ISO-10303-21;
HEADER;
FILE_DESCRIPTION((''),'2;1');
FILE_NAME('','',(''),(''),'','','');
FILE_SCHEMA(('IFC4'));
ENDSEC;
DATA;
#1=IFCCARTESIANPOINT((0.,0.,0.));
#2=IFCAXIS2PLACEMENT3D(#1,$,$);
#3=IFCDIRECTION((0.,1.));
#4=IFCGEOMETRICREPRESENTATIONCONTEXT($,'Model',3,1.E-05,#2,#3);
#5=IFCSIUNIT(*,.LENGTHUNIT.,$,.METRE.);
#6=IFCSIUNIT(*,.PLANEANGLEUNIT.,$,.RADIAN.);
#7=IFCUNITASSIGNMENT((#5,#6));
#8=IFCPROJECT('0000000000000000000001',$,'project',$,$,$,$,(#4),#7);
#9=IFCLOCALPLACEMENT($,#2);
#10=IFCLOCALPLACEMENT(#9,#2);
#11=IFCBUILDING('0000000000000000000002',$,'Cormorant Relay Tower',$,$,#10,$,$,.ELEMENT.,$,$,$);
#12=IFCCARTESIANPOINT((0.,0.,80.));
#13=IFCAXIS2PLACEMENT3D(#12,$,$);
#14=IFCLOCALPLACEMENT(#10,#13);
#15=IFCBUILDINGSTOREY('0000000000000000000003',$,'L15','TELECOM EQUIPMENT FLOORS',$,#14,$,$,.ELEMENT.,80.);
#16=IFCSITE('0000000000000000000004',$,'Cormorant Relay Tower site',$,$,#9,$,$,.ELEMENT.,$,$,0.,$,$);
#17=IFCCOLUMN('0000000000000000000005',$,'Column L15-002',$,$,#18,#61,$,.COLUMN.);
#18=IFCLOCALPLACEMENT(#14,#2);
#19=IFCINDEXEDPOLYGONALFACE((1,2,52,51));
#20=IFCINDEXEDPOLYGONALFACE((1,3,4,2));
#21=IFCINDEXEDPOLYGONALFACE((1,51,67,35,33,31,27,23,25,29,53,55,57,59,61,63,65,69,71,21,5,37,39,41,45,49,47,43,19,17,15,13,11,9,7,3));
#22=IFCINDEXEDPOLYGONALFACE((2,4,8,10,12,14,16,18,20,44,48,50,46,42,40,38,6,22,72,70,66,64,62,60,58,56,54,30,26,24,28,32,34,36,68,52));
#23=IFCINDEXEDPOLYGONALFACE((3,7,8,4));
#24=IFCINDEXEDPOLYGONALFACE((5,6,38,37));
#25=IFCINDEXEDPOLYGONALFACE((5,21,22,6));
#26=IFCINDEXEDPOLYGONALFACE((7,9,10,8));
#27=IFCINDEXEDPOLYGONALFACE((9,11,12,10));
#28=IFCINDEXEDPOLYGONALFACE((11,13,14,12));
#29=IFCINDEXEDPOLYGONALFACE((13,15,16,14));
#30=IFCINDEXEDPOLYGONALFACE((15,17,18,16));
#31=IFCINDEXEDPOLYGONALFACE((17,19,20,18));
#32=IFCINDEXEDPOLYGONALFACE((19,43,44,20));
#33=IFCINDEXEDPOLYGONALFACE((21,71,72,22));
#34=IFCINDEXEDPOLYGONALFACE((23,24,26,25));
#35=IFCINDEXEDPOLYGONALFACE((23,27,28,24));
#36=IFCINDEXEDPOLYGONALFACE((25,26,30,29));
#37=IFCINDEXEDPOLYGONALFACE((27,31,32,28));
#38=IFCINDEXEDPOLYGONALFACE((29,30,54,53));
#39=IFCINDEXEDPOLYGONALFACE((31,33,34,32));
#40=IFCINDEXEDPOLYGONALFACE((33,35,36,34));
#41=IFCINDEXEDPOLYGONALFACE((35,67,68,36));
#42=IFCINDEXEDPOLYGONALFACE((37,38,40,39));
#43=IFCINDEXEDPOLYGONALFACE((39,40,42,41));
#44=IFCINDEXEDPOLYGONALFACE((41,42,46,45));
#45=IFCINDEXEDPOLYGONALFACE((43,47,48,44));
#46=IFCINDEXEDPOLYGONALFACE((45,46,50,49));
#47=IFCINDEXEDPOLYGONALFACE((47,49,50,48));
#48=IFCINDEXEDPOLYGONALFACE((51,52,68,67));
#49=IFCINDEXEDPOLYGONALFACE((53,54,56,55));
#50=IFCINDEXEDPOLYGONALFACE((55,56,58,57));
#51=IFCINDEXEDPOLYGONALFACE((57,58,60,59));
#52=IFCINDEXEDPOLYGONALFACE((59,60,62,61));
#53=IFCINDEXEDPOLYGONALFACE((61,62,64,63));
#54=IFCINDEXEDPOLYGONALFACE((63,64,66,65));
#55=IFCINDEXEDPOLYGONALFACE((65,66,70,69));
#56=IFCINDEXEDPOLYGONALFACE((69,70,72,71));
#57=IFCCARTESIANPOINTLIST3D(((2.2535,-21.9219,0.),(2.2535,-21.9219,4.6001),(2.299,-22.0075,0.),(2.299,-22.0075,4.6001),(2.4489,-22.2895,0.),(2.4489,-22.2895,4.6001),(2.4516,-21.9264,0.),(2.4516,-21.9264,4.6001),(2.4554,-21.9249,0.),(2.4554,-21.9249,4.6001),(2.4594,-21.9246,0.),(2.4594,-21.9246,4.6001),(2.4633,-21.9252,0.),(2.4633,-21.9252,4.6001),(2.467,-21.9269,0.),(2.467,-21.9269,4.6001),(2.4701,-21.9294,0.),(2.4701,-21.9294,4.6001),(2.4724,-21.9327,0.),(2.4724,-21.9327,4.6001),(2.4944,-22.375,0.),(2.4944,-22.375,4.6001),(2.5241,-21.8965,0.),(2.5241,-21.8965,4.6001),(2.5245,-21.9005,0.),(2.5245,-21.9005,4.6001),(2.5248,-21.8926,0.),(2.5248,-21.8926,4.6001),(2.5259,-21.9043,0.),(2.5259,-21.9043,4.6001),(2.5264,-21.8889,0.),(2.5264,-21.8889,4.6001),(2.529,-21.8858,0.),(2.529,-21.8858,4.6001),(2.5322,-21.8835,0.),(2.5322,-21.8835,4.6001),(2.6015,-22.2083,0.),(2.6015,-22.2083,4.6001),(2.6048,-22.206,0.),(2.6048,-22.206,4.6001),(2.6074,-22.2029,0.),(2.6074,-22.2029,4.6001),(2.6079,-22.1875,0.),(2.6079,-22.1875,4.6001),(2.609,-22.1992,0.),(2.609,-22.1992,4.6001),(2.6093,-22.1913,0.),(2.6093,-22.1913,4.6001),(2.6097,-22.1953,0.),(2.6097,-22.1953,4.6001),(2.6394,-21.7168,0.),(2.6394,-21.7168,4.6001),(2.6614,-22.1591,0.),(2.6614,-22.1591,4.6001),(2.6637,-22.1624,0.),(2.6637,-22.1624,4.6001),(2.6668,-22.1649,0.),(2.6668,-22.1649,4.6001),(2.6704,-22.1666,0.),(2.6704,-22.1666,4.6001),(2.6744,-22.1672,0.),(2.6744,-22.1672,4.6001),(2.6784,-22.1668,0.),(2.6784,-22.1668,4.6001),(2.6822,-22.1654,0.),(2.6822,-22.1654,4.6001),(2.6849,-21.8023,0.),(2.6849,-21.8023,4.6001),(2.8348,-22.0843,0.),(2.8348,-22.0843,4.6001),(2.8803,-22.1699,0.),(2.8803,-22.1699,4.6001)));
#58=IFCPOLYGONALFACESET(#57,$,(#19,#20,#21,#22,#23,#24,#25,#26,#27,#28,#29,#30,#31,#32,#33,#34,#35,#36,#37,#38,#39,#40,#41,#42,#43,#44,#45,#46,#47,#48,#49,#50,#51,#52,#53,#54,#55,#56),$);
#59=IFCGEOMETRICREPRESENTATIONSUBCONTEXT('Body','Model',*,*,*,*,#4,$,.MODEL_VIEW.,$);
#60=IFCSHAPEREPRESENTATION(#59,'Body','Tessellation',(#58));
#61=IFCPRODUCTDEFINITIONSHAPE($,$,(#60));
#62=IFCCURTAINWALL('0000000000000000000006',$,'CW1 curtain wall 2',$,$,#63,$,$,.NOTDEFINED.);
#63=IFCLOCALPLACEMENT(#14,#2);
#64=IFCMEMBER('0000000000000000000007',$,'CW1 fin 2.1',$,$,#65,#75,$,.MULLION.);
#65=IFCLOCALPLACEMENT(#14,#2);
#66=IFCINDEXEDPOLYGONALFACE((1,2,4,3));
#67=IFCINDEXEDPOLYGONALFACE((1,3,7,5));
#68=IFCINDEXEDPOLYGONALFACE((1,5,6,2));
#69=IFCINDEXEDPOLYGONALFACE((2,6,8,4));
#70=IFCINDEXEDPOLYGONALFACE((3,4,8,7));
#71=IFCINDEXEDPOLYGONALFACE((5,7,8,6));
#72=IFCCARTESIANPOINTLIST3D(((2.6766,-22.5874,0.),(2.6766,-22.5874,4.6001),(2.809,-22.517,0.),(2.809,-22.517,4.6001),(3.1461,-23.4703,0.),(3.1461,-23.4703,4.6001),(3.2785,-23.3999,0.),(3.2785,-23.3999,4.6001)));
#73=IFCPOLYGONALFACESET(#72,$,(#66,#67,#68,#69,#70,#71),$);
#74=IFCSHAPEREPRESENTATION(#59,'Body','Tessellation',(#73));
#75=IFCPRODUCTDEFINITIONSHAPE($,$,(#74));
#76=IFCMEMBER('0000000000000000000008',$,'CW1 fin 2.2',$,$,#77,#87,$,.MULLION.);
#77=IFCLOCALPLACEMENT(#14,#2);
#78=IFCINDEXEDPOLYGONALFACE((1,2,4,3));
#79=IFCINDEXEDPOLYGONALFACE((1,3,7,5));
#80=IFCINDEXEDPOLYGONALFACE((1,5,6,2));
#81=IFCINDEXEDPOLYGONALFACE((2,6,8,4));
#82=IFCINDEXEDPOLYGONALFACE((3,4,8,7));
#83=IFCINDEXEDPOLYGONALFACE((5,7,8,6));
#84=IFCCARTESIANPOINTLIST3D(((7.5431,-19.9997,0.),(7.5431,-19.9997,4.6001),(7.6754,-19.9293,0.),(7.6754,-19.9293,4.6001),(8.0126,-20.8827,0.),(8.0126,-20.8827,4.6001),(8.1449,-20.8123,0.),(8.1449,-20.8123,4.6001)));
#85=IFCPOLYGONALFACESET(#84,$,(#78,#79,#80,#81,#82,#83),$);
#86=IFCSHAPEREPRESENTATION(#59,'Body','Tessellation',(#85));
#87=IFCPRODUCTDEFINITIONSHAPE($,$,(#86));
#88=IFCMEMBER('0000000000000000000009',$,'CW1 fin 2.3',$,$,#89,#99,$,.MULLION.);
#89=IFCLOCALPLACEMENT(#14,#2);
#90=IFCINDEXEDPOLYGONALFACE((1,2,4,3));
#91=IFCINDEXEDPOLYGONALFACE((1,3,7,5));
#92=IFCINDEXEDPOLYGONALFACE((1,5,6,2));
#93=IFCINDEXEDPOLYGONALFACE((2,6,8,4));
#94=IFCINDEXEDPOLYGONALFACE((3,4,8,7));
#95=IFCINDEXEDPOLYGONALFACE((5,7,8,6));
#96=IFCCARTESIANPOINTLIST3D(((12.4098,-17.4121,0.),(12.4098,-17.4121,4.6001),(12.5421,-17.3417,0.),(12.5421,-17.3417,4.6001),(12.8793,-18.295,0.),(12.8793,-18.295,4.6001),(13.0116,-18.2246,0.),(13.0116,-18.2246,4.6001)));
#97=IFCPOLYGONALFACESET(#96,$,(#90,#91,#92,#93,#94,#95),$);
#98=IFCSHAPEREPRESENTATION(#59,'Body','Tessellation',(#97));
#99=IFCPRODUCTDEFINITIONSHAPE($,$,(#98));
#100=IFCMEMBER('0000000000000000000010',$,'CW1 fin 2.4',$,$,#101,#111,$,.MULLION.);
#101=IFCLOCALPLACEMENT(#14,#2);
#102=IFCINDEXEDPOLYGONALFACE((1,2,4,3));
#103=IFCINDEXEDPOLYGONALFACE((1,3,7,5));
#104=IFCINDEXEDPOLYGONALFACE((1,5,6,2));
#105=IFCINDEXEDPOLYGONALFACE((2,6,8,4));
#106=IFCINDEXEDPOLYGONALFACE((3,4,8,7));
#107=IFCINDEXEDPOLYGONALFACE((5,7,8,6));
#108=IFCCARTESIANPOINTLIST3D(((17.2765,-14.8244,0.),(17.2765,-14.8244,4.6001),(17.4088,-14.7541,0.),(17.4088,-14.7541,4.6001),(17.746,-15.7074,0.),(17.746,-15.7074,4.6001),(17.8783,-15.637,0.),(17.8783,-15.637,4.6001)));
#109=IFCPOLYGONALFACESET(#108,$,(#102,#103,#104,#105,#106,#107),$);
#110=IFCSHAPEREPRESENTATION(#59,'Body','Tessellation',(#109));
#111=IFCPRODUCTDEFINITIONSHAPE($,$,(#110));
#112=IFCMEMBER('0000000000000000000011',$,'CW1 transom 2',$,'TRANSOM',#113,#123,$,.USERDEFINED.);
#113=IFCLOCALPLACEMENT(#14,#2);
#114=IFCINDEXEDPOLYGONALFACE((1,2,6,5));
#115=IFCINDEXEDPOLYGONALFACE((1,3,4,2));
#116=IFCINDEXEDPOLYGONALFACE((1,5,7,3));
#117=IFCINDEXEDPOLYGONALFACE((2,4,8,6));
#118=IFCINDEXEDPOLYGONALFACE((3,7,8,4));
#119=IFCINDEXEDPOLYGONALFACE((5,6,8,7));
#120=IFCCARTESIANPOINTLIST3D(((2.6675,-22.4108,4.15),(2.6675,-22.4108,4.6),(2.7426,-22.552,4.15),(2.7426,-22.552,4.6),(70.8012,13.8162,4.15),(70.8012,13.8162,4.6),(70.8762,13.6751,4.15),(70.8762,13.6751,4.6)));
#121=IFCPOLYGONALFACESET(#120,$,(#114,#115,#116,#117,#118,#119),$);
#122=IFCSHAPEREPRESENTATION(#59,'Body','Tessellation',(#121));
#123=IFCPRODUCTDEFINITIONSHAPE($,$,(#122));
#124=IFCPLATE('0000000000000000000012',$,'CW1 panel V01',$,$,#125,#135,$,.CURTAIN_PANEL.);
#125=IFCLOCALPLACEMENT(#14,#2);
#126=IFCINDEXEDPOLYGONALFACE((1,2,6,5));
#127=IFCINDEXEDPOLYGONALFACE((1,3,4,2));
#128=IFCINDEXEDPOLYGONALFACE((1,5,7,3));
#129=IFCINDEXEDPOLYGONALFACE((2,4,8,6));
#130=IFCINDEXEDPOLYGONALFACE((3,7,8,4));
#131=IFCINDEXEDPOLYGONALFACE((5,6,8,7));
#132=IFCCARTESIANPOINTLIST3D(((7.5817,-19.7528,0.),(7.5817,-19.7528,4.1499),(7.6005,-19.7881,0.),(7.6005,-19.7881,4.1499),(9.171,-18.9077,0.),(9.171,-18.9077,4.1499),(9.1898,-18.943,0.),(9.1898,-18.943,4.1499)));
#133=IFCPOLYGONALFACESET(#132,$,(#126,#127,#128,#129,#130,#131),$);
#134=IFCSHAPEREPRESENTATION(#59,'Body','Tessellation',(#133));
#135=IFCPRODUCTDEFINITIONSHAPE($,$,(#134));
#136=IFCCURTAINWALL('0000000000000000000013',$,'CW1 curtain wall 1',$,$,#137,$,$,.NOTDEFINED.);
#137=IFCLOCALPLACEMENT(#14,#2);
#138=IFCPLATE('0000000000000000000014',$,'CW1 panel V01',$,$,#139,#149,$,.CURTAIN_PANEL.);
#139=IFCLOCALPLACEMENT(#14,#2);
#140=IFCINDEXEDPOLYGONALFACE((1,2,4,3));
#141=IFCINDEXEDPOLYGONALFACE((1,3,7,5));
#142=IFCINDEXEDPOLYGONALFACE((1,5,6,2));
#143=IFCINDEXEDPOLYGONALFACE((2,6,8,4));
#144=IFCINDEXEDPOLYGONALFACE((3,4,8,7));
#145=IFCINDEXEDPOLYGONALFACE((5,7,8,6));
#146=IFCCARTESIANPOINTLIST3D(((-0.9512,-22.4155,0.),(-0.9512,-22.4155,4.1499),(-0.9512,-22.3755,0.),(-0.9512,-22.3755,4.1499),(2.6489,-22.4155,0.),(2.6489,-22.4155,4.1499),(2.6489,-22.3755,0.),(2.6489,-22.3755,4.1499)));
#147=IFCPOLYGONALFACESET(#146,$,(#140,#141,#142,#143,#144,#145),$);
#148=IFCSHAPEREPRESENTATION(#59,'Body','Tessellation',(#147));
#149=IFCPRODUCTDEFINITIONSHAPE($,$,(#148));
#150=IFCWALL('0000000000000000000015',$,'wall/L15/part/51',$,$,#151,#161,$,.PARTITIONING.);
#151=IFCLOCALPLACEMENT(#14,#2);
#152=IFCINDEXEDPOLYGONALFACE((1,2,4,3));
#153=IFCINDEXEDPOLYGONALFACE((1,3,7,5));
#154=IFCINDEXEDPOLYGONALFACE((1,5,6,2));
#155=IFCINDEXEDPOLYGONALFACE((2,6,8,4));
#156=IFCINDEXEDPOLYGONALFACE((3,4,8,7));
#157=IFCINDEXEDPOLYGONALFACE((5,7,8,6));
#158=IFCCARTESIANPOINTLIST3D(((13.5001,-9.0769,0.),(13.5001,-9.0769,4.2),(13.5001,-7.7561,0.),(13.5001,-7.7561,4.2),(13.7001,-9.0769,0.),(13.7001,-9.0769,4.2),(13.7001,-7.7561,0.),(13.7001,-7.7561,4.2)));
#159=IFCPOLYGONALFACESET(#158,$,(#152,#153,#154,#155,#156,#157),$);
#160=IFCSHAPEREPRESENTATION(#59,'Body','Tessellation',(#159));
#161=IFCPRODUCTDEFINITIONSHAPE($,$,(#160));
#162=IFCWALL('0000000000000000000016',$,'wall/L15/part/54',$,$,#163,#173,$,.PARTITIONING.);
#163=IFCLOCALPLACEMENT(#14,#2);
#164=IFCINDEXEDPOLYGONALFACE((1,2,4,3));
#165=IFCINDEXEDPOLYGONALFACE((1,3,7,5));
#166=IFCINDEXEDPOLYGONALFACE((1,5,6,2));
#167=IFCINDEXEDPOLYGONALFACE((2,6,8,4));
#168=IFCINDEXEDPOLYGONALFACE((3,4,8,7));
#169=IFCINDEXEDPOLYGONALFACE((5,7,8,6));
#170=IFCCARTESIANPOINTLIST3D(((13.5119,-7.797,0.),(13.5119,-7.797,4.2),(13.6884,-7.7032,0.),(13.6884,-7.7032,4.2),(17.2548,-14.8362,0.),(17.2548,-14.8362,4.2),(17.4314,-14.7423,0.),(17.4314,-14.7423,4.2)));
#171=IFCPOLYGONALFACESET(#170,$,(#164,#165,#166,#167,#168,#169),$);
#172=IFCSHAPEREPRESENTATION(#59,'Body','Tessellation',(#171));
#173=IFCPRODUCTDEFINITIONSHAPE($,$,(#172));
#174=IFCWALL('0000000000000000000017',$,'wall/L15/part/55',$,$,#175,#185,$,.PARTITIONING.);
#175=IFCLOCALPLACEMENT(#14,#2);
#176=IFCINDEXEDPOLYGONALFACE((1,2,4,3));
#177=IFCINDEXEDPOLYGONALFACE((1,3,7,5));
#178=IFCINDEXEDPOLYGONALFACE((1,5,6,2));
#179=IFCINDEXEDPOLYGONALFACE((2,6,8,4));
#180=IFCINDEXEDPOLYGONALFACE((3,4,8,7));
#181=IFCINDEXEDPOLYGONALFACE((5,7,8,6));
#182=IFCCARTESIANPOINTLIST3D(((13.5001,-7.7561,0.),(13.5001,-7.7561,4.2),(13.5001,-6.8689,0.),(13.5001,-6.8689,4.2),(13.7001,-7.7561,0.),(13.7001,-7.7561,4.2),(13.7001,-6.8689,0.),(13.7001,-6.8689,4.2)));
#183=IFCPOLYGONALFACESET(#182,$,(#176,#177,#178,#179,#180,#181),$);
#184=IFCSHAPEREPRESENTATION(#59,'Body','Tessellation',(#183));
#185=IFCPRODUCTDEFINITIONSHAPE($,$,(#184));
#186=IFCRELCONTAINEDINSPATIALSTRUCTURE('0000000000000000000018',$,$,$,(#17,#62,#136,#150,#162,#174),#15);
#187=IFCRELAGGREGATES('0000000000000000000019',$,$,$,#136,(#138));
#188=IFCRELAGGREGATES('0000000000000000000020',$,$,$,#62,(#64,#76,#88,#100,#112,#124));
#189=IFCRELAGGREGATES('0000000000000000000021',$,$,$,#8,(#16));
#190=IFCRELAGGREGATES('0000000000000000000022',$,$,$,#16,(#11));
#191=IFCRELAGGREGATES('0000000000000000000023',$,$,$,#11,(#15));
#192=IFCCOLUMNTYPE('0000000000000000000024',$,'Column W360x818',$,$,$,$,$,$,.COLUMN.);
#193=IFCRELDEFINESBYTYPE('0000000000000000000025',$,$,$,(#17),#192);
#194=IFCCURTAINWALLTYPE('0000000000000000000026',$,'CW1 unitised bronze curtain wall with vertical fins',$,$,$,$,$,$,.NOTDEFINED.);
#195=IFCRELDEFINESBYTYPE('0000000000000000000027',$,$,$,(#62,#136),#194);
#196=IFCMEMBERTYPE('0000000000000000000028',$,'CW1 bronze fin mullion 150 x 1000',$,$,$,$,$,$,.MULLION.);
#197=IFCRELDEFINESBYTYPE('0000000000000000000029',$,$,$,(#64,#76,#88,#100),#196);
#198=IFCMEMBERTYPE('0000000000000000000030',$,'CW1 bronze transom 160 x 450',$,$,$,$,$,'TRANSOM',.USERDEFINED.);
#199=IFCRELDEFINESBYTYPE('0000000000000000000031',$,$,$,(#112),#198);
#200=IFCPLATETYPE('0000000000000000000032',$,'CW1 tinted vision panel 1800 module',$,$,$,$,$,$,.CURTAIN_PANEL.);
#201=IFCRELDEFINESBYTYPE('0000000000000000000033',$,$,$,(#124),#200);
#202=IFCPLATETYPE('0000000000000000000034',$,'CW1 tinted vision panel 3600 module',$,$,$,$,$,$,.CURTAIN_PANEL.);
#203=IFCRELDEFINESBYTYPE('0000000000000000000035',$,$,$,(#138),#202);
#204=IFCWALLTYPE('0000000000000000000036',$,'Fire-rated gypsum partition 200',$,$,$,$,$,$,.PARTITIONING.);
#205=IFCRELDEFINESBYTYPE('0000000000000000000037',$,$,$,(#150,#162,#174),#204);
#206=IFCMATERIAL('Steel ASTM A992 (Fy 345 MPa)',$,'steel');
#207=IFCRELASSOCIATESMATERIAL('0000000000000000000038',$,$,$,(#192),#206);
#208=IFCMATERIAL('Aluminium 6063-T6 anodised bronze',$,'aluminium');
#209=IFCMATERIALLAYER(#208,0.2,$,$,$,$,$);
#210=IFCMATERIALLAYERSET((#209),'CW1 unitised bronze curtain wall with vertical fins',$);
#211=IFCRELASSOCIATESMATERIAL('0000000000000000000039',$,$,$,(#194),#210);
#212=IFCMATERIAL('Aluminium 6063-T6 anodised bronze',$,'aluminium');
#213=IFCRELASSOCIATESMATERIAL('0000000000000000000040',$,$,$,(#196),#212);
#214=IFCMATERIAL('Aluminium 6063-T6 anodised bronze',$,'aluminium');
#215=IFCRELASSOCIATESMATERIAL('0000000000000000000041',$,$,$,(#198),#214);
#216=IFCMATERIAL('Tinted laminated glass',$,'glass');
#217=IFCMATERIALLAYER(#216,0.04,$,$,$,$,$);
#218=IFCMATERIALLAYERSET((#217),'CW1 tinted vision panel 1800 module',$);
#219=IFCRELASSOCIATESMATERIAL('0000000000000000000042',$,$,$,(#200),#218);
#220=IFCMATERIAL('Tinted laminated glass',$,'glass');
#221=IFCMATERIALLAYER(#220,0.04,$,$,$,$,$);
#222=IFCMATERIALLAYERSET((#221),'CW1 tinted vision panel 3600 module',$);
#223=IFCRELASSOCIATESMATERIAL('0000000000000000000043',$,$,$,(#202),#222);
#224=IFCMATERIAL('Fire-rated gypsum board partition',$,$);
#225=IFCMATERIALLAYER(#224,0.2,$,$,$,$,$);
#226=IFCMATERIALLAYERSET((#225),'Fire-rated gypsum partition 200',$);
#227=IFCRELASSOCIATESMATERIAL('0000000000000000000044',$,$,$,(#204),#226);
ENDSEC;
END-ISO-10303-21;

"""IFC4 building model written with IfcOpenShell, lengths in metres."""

from ifc_helpers import new_model, si_unit, direction, frame, frame_2d, origin, origin_2d, place, context, subcontext, project, spatial, rectangle, i_section, extrude, material, layer, layer_set, material_profile, profile_set, type_object, element, aggregate, save


model = new_model("IFC4")

# Units and contexts
model_context = context("Model", 3, precision=1e-05, world=origin(), true_north=direction((0.0, 1.0)))
body_context = subcontext(model_context, "Body", "Model", "MODEL_VIEW")
ifc_project = project(units=[si_unit("LENGTHUNIT", "METRE"), si_unit("PLANEANGLEUNIT", "RADIAN")], contexts=[model_context])

# Site, building, storey
site_placement = place(None, origin())
site = spatial("IfcSite", under=ifc_project, at=site_placement, Name="Cormorant Relay Tower site", CompositionType="ELEMENT", RefElevation=0.0)
building_placement = place(site_placement, origin())
building = spatial("IfcBuilding", under=site, at=building_placement, Name="Cormorant Relay Tower", CompositionType="ELEMENT")
storey_placement = place(building_placement, frame((0.0, 0.0, 80.0)))
storey = spatial("IfcBuildingStorey", under=building, at=storey_placement, Name="L15", Description="TELECOM EQUIPMENT FLOORS", CompositionType="ELEMENT", Elevation=80.0)

# Column
ifc_material_1 = material(Name="Steel ASTM A992 (Fy 345 MPa)", Category="steel")
ifc_material_profile_1 = material_profile(ifc_material_1, i_section(OverallWidth=0.437, OverallDepth=0.5132, WebThickness=0.0605, FlangeThickness=0.0969, FilletRadius=0.0154, at=origin_2d()), Name="W360x818")
ifc_profile_set_1 = profile_set([ifc_material_profile_1], Name="Steel ASTM A992 (Fy 345 MPa)")
column_type_1 = type_object("IfcColumnType", Name="Column W360x818", PredefinedType="COLUMN", material=ifc_profile_set_1)
column_1_placement = place(storey_placement, frame((2.5669, -22.0459, 0.0), z_axis=(0.0, 0.0, 1.0), x_axis=(0.882948, 0.469472, 0.0)))
element("IfcColumn", 1, at=column_1_placement, inside=storey, type_object=column_type_1, Name="Column L15-002", PredefinedType="COLUMN", context=body_context, shape_type="SweptSolid", body=[
    extrude(i_section(OverallWidth=0.437, OverallDepth=0.5132, WebThickness=0.0605, FlangeThickness=0.0969, FilletRadius=0.0154, at=origin_2d()), origin(), (0.0, 0.0, 1.0), 4.6001),
])

# Curtain wall, members, plate
ifc_material_2 = material(Name="Aluminium 6063-T6 anodised bronze", Category="aluminium")
ifc_layer_1 = layer(ifc_material_2, 0.2)
ifc_layer_set_1 = layer_set([ifc_layer_1], Name="CW1 unitised bronze curtain wall with vertical fins")
curtain_wall_type = type_object("IfcCurtainWallType", Name="CW1 unitised bronze curtain wall with vertical fins", PredefinedType="NOTDEFINED", material=ifc_layer_set_1)
curtain_wall_1_placement = place(storey_placement, origin())
curtain_wall_1 = element("IfcCurtainWall", 2, at=curtain_wall_1_placement, inside=storey, type_object=curtain_wall_type, Name="CW1 curtain wall 2", PredefinedType="NOTDEFINED")
ifc_material_3 = material(Name="Aluminium 6063-T6 anodised bronze", Category="aluminium")
ifc_material_profile_2 = material_profile(ifc_material_3, rectangle(XDim=0.1499, YDim=1.0, at=origin_2d()), Name="AL 150x1000")
ifc_profile_set_2 = profile_set([ifc_material_profile_2], Name="Aluminium 6063-T6 anodised bronze")
member_type_1 = type_object("IfcMemberType", Name="CW1 bronze fin mullion 150 x 1000", PredefinedType="MULLION", material=ifc_profile_set_2)
member_1_placement = place(storey_placement, frame((2.9775, -22.9937, 0.0), z_axis=(0.0, 0.0, 1.0), x_axis=(0.882948, 0.469472, 0.0)))
member_1 = element("IfcMember", 3, at=member_1_placement, type_object=member_type_1, Name="CW1 fin 2.1", PredefinedType="MULLION", context=body_context, shape_type="SweptSolid", body=[
    extrude(rectangle(XDim=0.1499, YDim=1.0, at=origin_2d()), origin(), (0.0, 0.0, 1.0), 4.6001),
])
member_2_placement = place(storey_placement, frame((7.844, -20.406, 0.0), z_axis=(0.0, 0.0, 1.0), x_axis=(0.882948, 0.469472, 0.0)))
member_2 = element("IfcMember", 4, at=member_2_placement, type_object=member_type_1, Name="CW1 fin 2.2", PredefinedType="MULLION", context=body_context, shape_type="SweptSolid", body=[
    extrude(rectangle(XDim=0.1499, YDim=1.0, at=origin_2d()), origin(), (0.0, 0.0, 1.0), 4.6001),
])
member_3_placement = place(storey_placement, frame((12.7107, -17.8184, 0.0), z_axis=(0.0, 0.0, 1.0), x_axis=(0.882948, 0.469472, 0.0)))
member_3 = element("IfcMember", 5, at=member_3_placement, type_object=member_type_1, Name="CW1 fin 2.3", PredefinedType="MULLION", context=body_context, shape_type="SweptSolid", body=[
    extrude(rectangle(XDim=0.1499, YDim=1.0, at=origin_2d()), origin(), (0.0, 0.0, 1.0), 4.6001),
])
member_4_placement = place(storey_placement, frame((17.5774, -15.2307, 0.0), z_axis=(0.0, 0.0, 1.0), x_axis=(0.882948, 0.469472, 0.0)))
member_4 = element("IfcMember", 6, at=member_4_placement, type_object=member_type_1, Name="CW1 fin 2.4", PredefinedType="MULLION", context=body_context, shape_type="SweptSolid", body=[
    extrude(rectangle(XDim=0.1499, YDim=1.0, at=origin_2d()), origin(), (0.0, 0.0, 1.0), 4.6001),
])
ifc_material_4 = material(Name="Aluminium 6063-T6 anodised bronze", Category="aluminium")
ifc_material_profile_3 = material_profile(ifc_material_4, rectangle(XDim=0.1599, YDim=0.45, at=origin_2d()), Name="AL 160x450")
ifc_profile_set_3 = profile_set([ifc_material_profile_3], Name="Aluminium 6063-T6 anodised bronze")
member_type_2 = type_object("IfcMemberType", Name="CW1 bronze transom 160 x 450", ElementType="TRANSOM", PredefinedType="USERDEFINED", material=ifc_profile_set_3)
member_5_placement = place(storey_placement, frame((2.7051, -22.4814, 4.375), z_axis=(0.882949, 0.46947, 0.0), x_axis=(-0.46947, 0.882949, 0.0)))
member_5 = element("IfcMember", 7, at=member_5_placement, type_object=member_type_2, Name="CW1 transom 2", ObjectType="TRANSOM", PredefinedType="USERDEFINED", context=body_context, shape_type="SweptSolid", body=[
    extrude(rectangle(XDim=0.1599, YDim=0.45, at=origin_2d()), origin(), (0.0, 0.0, 1.0), 77.166),
])
ifc_material_5 = material(Name="Tinted laminated glass", Category="glass")
ifc_layer_2 = layer(ifc_material_5, 0.04)
ifc_layer_set_2 = layer_set([ifc_layer_2], Name="CW1 tinted vision panel 1800 module")
plate_type_1 = type_object("IfcPlateType", Name="CW1 tinted vision panel 1800 module", PredefinedType="CURTAIN_PANEL", material=ifc_layer_set_2)
plate_1_placement = place(storey_placement, frame((8.3857, -19.3479, 0.0), z_axis=(0.0, 0.0, 1.0), x_axis=(0.882948, 0.469472, 0.0)))
plate_1 = element("IfcPlate", 8, at=plate_1_placement, type_object=plate_type_1, Name="CW1 panel V01", PredefinedType="CURTAIN_PANEL", context=body_context, shape_type="SweptSolid", body=[
    extrude(rectangle(XDim=1.8, YDim=0.04, at=origin_2d()), origin(), (0.0, 0.0, 1.0), 4.1499),
])

# Curtain wall, plate
curtain_wall_2_placement = place(storey_placement, origin())
curtain_wall_2 = element("IfcCurtainWall", 9, at=curtain_wall_2_placement, inside=storey, type_object=curtain_wall_type, Name="CW1 curtain wall 1", PredefinedType="NOTDEFINED")
ifc_material_6 = material(Name="Tinted laminated glass", Category="glass")
ifc_layer_3 = layer(ifc_material_6, 0.04)
ifc_layer_set_3 = layer_set([ifc_layer_3], Name="CW1 tinted vision panel 3600 module")
plate_type_2 = type_object("IfcPlateType", Name="CW1 tinted vision panel 3600 module", PredefinedType="CURTAIN_PANEL", material=ifc_layer_set_3)
plate_2_placement = place(storey_placement, frame((0.8489, -22.3955, 0.0), z_axis=(0.0, 0.0, 1.0), x_axis=(1.0, 0.0, 0.0)))
plate_2 = element("IfcPlate", 10, at=plate_2_placement, type_object=plate_type_2, Name="CW1 panel V01", PredefinedType="CURTAIN_PANEL", context=body_context, shape_type="SweptSolid", body=[
    extrude(rectangle(XDim=3.6001, YDim=0.04, at=origin_2d()), origin(), (0.0, 0.0, 1.0), 4.1499),
])
aggregate(curtain_wall_2, [plate_2])

# Walls
ifc_material_7 = material(Name="Fire-rated gypsum board partition")
ifc_layer_4 = layer(ifc_material_7, 0.2)
ifc_layer_set_4 = layer_set([ifc_layer_4], Name="Fire-rated gypsum partition 200")
wall_type_1 = type_object("IfcWallType", Name="Fire-rated gypsum partition 200", PredefinedType="PARTITIONING", material=ifc_layer_set_4)
wall_1_placement = place(storey_placement, frame((13.6001, -7.7561, 0.0), z_axis=(0.0, 0.0, 1.0), x_axis=(0.0, -1.0, 0.0)))
element("IfcWall", 11, at=wall_1_placement, inside=storey, type_object=wall_type_1, Name="wall/L15/part/51", PredefinedType="PARTITIONING", context=body_context, shape_type="SweptSolid", body=[
    extrude(rectangle(XDim=1.3208, YDim=0.2, at=frame_2d((0.6604, 0.0))), origin(), (0.0, 0.0, 1.0), 4.2),
])
wall_2_placement = place(storey_placement, frame((13.6001, -7.75, 0.0), z_axis=(0.0, 0.0, 1.0), x_axis=(0.46949, -0.882938, 0.0)))
element("IfcWall", 12, at=wall_2_placement, inside=storey, type_object=wall_type_1, Name="wall/L15/part/54", PredefinedType="PARTITIONING", context=body_context, shape_type="SweptSolid", body=[
    extrude(rectangle(XDim=7.9724, YDim=0.2, at=frame_2d((3.9863, 0.0))), origin(), (0.0, 0.0, 1.0), 4.2),
])
wall_3_placement = place(storey_placement, frame((13.6001, -6.8689, 0.0), z_axis=(0.0, 0.0, 1.0), x_axis=(0.0, -1.0, 0.0)))
element("IfcWall", 13, at=wall_3_placement, inside=storey, type_object=wall_type_1, Name="wall/L15/part/55", PredefinedType="PARTITIONING", context=body_context, shape_type="SweptSolid", body=[
    extrude(rectangle(XDim=0.8872, YDim=0.2, at=frame_2d((0.4436, 0.0))), origin(), (0.0, 0.0, 1.0), 4.2),
])

aggregate(curtain_wall_1, [member_1, member_2, member_3, member_4, member_5, plate_1])

save(model, "model.ifc")
